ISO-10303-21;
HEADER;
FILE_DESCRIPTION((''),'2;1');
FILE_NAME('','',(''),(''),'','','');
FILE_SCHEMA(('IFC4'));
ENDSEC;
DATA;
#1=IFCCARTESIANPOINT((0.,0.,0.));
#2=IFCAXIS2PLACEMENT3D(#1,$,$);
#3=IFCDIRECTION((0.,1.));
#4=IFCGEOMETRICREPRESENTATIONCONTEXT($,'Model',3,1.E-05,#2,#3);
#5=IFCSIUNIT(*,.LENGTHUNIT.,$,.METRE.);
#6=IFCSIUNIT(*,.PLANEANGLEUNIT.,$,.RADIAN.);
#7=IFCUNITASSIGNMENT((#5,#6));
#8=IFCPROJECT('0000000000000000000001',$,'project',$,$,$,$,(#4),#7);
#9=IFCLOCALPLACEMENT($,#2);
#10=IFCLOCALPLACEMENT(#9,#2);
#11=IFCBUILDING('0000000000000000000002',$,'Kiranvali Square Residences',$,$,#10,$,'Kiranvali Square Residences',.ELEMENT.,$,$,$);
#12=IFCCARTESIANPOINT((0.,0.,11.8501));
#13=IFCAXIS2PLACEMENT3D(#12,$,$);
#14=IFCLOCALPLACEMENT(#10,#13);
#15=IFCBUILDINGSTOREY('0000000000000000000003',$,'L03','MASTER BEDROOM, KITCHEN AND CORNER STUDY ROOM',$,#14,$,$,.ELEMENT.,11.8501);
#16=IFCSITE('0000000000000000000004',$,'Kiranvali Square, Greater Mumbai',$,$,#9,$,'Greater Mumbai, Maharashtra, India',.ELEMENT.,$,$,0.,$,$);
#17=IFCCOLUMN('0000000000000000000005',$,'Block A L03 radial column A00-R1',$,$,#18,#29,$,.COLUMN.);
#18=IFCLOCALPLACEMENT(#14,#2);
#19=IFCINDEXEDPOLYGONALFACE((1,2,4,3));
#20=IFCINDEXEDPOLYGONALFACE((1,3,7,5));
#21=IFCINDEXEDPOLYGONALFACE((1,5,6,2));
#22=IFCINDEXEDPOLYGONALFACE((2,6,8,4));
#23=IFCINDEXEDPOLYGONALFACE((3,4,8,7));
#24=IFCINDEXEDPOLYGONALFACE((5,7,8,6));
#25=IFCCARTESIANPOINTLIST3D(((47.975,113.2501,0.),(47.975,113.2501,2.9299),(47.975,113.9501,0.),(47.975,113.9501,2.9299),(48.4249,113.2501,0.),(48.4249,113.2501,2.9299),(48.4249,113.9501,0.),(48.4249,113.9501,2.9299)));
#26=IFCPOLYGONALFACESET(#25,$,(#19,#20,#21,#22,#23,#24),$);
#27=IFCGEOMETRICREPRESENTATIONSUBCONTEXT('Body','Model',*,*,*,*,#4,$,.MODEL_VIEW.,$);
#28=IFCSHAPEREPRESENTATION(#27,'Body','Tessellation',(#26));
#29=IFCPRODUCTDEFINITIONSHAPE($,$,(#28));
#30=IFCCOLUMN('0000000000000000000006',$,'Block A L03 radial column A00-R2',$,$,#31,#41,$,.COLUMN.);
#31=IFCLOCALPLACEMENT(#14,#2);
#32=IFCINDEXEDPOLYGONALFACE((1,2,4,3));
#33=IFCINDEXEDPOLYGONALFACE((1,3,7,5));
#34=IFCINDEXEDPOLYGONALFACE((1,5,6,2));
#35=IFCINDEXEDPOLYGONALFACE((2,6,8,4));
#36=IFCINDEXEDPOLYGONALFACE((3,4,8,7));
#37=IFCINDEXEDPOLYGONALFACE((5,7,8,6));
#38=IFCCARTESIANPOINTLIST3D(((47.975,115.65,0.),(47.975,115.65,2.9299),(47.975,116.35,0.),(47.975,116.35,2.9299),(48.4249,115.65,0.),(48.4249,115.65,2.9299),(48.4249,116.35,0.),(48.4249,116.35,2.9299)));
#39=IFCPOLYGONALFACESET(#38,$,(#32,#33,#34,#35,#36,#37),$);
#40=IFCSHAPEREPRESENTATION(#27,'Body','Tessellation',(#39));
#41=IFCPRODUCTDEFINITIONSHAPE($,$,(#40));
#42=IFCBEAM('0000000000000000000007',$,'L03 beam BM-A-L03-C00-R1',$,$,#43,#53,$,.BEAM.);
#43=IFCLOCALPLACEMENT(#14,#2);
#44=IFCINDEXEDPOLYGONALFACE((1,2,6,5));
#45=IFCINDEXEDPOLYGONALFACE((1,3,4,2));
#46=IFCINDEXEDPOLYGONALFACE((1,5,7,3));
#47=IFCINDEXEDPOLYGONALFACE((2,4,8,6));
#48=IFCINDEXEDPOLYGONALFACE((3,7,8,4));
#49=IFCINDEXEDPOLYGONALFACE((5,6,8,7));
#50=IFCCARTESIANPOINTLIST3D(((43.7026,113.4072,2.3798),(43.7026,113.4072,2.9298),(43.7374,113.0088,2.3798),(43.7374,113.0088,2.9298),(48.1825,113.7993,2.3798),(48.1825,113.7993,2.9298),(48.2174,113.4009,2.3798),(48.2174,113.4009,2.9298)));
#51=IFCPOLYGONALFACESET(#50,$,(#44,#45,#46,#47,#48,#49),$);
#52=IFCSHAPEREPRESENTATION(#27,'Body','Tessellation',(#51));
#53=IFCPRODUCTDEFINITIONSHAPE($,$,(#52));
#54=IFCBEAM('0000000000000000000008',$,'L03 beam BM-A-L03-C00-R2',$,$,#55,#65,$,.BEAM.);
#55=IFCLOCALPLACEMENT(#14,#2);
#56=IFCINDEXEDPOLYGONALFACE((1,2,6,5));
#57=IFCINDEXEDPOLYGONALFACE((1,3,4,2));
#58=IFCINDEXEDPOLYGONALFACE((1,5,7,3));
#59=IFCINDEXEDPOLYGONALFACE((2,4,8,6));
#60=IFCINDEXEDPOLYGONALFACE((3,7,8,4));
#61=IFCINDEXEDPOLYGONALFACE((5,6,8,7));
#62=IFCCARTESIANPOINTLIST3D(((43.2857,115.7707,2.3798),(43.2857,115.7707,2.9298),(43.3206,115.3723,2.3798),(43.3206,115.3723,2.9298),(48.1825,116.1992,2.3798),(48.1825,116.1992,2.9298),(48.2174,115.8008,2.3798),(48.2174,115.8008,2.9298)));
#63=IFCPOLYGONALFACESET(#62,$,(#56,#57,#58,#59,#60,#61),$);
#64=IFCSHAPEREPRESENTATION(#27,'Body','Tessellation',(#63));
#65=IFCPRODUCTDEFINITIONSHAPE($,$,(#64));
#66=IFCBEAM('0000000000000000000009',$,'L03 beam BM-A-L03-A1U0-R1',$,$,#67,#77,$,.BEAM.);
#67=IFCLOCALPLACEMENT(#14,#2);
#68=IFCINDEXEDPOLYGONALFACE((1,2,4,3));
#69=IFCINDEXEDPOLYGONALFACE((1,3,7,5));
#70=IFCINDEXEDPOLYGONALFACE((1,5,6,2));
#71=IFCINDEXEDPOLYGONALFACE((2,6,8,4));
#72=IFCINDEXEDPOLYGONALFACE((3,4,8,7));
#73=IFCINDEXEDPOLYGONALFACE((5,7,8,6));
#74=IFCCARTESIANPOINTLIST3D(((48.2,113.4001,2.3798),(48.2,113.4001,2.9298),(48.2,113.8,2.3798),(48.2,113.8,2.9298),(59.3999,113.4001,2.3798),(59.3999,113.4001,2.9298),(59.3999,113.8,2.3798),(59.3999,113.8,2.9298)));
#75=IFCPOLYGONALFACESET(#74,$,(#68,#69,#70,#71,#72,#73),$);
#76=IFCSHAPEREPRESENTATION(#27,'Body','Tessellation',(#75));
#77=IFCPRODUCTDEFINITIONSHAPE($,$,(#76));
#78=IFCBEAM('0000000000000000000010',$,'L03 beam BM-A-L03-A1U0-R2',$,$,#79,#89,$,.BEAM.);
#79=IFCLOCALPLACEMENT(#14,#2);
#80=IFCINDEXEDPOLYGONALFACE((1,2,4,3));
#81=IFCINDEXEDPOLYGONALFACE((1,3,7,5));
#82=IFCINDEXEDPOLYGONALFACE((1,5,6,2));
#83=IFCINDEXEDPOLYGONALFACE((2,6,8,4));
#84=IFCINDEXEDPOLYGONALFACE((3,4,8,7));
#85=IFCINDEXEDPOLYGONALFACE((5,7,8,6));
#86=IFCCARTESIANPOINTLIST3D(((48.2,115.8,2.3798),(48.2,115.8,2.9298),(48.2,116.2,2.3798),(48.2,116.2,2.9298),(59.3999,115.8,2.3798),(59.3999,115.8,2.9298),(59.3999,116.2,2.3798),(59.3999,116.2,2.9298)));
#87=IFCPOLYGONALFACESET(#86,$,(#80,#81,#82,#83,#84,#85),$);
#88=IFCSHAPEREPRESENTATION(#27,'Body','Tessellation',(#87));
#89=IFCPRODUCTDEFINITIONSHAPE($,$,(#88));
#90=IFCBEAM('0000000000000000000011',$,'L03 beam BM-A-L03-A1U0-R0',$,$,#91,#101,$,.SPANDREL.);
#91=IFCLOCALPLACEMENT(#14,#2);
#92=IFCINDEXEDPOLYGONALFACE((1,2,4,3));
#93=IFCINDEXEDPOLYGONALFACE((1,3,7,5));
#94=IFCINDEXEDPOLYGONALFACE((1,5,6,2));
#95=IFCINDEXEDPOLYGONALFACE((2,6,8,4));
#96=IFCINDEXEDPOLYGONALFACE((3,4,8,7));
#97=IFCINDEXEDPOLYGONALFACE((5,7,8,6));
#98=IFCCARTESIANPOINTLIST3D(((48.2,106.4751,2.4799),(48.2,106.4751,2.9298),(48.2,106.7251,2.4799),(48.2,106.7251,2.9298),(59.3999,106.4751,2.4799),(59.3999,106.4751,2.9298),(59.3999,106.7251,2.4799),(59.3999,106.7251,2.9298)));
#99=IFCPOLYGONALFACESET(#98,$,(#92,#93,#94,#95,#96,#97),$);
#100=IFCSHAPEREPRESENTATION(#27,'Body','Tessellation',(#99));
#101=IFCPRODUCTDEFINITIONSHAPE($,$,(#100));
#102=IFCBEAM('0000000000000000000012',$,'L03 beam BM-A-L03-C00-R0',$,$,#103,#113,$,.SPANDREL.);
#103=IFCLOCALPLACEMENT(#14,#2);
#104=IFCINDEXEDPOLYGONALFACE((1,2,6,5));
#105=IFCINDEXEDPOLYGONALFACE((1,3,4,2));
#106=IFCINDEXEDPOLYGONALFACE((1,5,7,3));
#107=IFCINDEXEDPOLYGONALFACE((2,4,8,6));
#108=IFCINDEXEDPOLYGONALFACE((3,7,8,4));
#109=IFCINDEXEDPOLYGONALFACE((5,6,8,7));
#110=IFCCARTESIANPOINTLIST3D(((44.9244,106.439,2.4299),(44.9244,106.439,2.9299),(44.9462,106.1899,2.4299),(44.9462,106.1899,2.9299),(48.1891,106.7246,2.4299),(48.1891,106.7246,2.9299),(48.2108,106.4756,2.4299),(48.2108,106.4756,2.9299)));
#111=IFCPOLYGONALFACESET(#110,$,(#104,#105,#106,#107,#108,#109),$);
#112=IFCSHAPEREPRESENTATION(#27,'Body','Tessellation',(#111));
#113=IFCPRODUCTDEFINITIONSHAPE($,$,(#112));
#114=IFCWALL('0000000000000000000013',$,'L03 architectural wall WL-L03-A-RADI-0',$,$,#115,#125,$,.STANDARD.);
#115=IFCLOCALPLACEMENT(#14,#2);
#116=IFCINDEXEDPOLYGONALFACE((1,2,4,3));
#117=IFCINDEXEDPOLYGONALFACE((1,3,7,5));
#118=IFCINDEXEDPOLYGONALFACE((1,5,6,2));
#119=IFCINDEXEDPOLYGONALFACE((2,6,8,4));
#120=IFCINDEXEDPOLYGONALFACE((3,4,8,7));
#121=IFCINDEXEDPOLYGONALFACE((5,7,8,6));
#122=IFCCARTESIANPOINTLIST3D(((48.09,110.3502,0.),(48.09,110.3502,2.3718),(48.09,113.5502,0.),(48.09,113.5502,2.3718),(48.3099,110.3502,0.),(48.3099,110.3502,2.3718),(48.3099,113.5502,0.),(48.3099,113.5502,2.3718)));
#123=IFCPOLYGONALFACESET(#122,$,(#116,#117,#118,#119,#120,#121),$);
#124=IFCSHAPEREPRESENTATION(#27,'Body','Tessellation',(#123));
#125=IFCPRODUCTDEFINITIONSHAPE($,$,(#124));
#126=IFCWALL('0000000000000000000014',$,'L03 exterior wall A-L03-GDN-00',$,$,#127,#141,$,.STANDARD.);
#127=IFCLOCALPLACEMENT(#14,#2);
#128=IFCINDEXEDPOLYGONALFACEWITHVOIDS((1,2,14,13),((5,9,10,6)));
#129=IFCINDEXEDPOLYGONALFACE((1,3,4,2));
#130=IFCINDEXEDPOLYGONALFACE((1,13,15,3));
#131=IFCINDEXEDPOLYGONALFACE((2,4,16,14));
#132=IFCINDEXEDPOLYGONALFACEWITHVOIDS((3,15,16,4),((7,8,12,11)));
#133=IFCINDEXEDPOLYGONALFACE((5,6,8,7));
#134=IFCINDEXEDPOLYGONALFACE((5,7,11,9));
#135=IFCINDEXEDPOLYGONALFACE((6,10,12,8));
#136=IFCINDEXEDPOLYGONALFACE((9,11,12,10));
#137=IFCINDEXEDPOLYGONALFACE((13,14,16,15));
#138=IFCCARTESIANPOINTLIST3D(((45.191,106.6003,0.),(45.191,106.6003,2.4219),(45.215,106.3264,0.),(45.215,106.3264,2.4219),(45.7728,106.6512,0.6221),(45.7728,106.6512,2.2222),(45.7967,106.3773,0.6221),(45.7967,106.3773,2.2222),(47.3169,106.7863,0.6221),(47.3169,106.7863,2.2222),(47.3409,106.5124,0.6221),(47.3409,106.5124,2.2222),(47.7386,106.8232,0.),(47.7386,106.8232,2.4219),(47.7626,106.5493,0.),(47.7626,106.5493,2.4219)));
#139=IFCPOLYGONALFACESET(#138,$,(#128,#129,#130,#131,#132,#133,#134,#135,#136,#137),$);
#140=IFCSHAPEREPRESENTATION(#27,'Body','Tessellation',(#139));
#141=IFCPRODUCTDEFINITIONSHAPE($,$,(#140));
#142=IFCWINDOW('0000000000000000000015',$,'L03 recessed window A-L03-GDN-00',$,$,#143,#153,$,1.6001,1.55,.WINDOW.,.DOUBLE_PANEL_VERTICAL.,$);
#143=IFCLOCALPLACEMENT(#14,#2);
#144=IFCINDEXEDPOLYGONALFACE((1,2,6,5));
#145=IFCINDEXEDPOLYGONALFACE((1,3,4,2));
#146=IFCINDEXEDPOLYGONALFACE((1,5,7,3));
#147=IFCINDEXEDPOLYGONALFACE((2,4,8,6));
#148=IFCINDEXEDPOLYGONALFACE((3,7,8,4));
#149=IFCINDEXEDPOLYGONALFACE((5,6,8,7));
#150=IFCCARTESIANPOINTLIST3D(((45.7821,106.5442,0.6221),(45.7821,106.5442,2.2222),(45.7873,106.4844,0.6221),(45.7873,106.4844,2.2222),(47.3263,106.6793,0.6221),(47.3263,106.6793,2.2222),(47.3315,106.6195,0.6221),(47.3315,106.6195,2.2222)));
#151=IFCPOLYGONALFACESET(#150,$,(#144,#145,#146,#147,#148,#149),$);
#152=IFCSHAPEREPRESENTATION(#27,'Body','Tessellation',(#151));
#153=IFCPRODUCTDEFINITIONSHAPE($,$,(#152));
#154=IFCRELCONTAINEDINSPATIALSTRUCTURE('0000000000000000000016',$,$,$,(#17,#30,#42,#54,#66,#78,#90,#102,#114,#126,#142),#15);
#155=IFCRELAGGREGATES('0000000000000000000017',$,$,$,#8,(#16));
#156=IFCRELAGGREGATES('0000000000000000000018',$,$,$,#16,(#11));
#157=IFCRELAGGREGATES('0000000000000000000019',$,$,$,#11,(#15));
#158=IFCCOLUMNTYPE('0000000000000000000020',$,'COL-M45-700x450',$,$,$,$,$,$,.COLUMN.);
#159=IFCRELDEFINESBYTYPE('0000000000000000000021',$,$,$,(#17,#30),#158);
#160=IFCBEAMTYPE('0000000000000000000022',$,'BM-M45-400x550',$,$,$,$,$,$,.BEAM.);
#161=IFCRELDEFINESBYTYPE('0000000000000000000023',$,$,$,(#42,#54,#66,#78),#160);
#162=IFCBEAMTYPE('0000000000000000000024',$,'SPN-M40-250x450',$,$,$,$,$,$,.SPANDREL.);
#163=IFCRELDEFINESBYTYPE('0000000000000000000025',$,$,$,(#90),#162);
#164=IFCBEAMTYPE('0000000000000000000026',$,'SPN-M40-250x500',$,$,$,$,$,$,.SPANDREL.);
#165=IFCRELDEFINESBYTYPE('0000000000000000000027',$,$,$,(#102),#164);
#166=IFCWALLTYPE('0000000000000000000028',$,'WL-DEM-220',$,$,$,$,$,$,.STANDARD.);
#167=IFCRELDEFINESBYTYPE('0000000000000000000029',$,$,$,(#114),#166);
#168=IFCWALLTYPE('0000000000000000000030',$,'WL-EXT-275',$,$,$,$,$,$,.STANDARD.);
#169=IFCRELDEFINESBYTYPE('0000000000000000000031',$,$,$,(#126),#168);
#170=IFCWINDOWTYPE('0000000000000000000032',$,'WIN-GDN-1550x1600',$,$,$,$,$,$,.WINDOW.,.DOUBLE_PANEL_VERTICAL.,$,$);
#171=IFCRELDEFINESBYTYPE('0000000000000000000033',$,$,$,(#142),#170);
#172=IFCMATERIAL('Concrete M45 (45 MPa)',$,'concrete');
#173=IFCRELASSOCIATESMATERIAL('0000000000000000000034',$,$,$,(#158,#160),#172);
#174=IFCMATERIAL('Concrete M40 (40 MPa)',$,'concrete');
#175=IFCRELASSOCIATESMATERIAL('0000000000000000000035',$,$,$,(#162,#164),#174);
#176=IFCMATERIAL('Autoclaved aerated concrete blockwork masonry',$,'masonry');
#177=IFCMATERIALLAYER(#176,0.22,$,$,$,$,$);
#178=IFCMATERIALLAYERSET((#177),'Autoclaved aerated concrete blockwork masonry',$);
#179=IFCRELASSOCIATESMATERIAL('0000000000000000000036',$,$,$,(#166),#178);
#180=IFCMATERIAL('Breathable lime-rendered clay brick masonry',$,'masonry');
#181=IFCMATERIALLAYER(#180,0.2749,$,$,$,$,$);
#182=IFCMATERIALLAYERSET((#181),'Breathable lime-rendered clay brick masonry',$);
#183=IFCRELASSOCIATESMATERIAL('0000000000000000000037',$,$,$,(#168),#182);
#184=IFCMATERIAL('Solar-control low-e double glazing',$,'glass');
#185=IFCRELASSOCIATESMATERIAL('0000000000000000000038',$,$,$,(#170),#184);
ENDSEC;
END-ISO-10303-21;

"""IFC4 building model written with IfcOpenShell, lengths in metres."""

from ifc_helpers import new_model, si_unit, direction, frame, frame_2d, origin, origin_2d, place, context, subcontext, project, spatial, rectangle, extrude, material, layer, layer_set, material_profile, profile_set, type_object, element, fill, save


model = new_model("IFC4")

# Units and contexts
model_context = context("Model", 3, precision=1e-05, world=origin(), true_north=direction((0.0, 1.0)))
body_context = subcontext(model_context, "Body", "Model", "MODEL_VIEW")
ifc_project = project(units=[si_unit("LENGTHUNIT", "METRE"), si_unit("PLANEANGLEUNIT", "RADIAN")], contexts=[model_context])

# Site, building, storey
site_placement = place(None, origin())
site = spatial("IfcSite", under=ifc_project, at=site_placement, Name="Kiranvali Square, Greater Mumbai", LongName="Greater Mumbai, Maharashtra, India", CompositionType="ELEMENT", RefElevation=0.0)
building_placement = place(site_placement, origin())
building = spatial("IfcBuilding", under=site, at=building_placement, Name="Kiranvali Square Residences", LongName="Kiranvali Square Residences", CompositionType="ELEMENT")
storey_placement = place(building_placement, frame((0.0, 0.0, 11.8501)))
storey = spatial("IfcBuildingStorey", under=building, at=storey_placement, Name="L03", Description="MASTER BEDROOM, KITCHEN AND CORNER STUDY ROOM", CompositionType="ELEMENT", Elevation=11.8501)

# Columns
ifc_material_1 = material(Name="Concrete M45 (45 MPa)", Category="concrete")
ifc_material_profile_1 = material_profile(ifc_material_1, rectangle(XDim=0.45, YDim=0.7, at=origin_2d()), Name="RC 700x450")
ifc_profile_set_1 = profile_set([ifc_material_profile_1], Name="Concrete M45 (45 MPa)")
column_type = type_object("IfcColumnType", Name="COL-M45-700x450", PredefinedType="COLUMN", material=ifc_profile_set_1)
for number, where, z_axis, x_axis, name in (
    (1, (48.2, 113.6001, 0.0), (0.0, 0.0, 1.0), (1.0, 0.0, 0.0), "Block A L03 radial column A00-R1"),
    (2, (48.2, 116.0, 0.0), (0.0, 0.0, 1.0), (1.0, 0.0, 0.0), "Block A L03 radial column A00-R2"),
):
    element("IfcColumn", number, at=place(storey_placement, frame(where, z_axis=z_axis, x_axis=x_axis)), inside=storey, type_object=column_type, Name=name, PredefinedType="COLUMN", context=body_context, shape_type="SweptSolid", body=[
        extrude(rectangle(XDim=0.45, YDim=0.7, at=origin_2d()), origin(), (0.0, 0.0, 1.0), 2.9299),
    ])

# Beams
ifc_material_profile_2 = material_profile(ifc_material_1, rectangle(XDim=0.3999, YDim=0.55, at=origin_2d()), Name="RC 400x550")
ifc_profile_set_2 = profile_set([ifc_material_profile_2], Name="Concrete M45 (45 MPa)")
beam_type_1 = type_object("IfcBeamType", Name="BM-M45-400x550", PredefinedType="BEAM", material=ifc_profile_set_2)
beam_1_placement = place(storey_placement, frame((48.2, 113.6001, 2.6548), z_axis=(-0.996192, -0.087187, 0.0), x_axis=(0.087187, -0.996192, 0.0)))
element("IfcBeam", 3, at=beam_1_placement, inside=storey, type_object=beam_type_1, Name="L03 beam BM-A-L03-C00-R1", PredefinedType="BEAM", context=body_context, shape_type="SweptSolid", body=[
    extrude(rectangle(XDim=0.3999, YDim=0.55, at=origin_2d()), origin(), (0.0, 0.0, 1.0), 4.4971),
])
beam_2_placement = place(storey_placement, frame((48.2, 116.0, 2.6548), z_axis=(-0.996194, -0.087168, 0.0), x_axis=(0.087168, -0.996194, 0.0)))
element("IfcBeam", 4, at=beam_2_placement, inside=storey, type_object=beam_type_1, Name="L03 beam BM-A-L03-C00-R2", PredefinedType="BEAM", context=body_context, shape_type="SweptSolid", body=[
    extrude(rectangle(XDim=0.3999, YDim=0.55, at=origin_2d()), origin(), (0.0, 0.0, 1.0), 4.9155),
])
for number, where, z_axis, x_axis, name in (
    (5, (48.2, 113.6001, 2.6548), (1.0, 0.0, 0.0), (0.0, 1.0, 0.0), "L03 beam BM-A-L03-A1U0-R1"),
    (6, (48.2, 116.0, 2.6548), (1.0, 0.0, 0.0), (0.0, 1.0, 0.0), "L03 beam BM-A-L03-A1U0-R2"),
):
    element("IfcBeam", number, at=place(storey_placement, frame(where, z_axis=z_axis, x_axis=x_axis)), inside=storey, type_object=beam_type_1, Name=name, PredefinedType="BEAM", context=body_context, shape_type="SweptSolid", body=[
        extrude(rectangle(XDim=0.3999, YDim=0.55, at=origin_2d()), origin(), (0.0, 0.0, 1.0), 11.2),
    ])
ifc_material_2 = material(Name="Concrete M40 (40 MPa)", Category="concrete")
ifc_material_profile_3 = material_profile(ifc_material_2, rectangle(XDim=0.25, YDim=0.45, at=origin_2d()), Name="RC 250x450")
ifc_profile_set_3 = profile_set([ifc_material_profile_3], Name="Concrete M40 (40 MPa)")
beam_type_2 = type_object("IfcBeamType", Name="SPN-M40-250x450", PredefinedType="SPANDREL", material=ifc_profile_set_3)
beam_3_placement = place(storey_placement, frame((48.2, 106.6001, 2.7048), z_axis=(1.0, 0.0, 0.0), x_axis=(0.0, 1.0, 0.0)))
element("IfcBeam", 7, at=beam_3_placement, inside=storey, type_object=beam_type_2, Name="L03 beam BM-A-L03-A1U0-R0", PredefinedType="SPANDREL", context=body_context, shape_type="SweptSolid", body=[
    extrude(rectangle(XDim=0.25, YDim=0.45, at=origin_2d()), origin(), (0.0, 0.0, 1.0), 11.2),
])
ifc_material_profile_4 = material_profile(ifc_material_2, rectangle(XDim=0.25, YDim=0.5, at=origin_2d()), Name="RC 250x500")
ifc_profile_set_4 = profile_set([ifc_material_profile_4], Name="Concrete M40 (40 MPa)")
beam_type_3 = type_object("IfcBeamType", Name="SPN-M40-250x500", PredefinedType="SPANDREL", material=ifc_profile_set_4)
beam_4_placement = place(storey_placement, frame((48.2, 106.6001, 2.6799), z_axis=(-0.996194, -0.087163, 0.0), x_axis=(0.087163, -0.996194, 0.0)))
element("IfcBeam", 8, at=beam_4_placement, inside=storey, type_object=beam_type_3, Name="L03 beam BM-A-L03-C00-R0", PredefinedType="SPANDREL", context=body_context, shape_type="SweptSolid", body=[
    extrude(rectangle(XDim=0.25, YDim=0.5, at=origin_2d()), origin(), (0.0, 0.0, 1.0), 3.2771),
])

# Shared definitions
ifc_material_3 = material(Name="Autoclaved aerated concrete blockwork masonry", Category="masonry")

# Wall
ifc_layer_1 = layer(ifc_material_3, 0.22)
ifc_layer_set_1 = layer_set([ifc_layer_1], Name="Autoclaved aerated concrete blockwork masonry")
wall_type_1 = type_object("IfcWallType", Name="WL-DEM-220", PredefinedType="STANDARD", material=ifc_layer_set_1)
wall_1_placement = place(storey_placement, frame((48.2, 110.3501, 0.0), z_axis=(0.0, 0.0, 1.0), x_axis=(0.0, 1.0, 0.0)))
element("IfcWall", 9, at=wall_1_placement, inside=storey, type_object=wall_type_1, Name="L03 architectural wall WL-L03-A-RADI-0", PredefinedType="STANDARD", context=body_context, shape_type="SweptSolid", body=[
    extrude(rectangle(XDim=3.2, YDim=0.22, at=frame_2d((1.6001, 0.0))), origin(), (0.0, 0.0, 1.0), 2.3718),
])

# Wall, opening, window
ifc_material_4 = material(Name="Breathable lime-rendered clay brick masonry", Category="masonry")
ifc_layer_2 = layer(ifc_material_4, 0.2749)
ifc_layer_set_2 = layer_set([ifc_layer_2], Name="Breathable lime-rendered clay brick masonry")
wall_type_2 = type_object("IfcWallType", Name="WL-EXT-275", PredefinedType="STANDARD", material=ifc_layer_set_2)
wall_2_placement = place(storey_placement, frame((47.7507, 106.6863, 0.0), z_axis=(0.0, 0.0, 1.0), x_axis=(-0.996194, -0.087161, 0.0)))
wall_2 = element("IfcWall", 10, at=wall_2_placement, inside=storey, type_object=wall_type_2, Name="L03 exterior wall A-L03-GDN-00", PredefinedType="STANDARD", context=body_context, shape_type="SweptSolid", body=[
    extrude(rectangle(XDim=2.5574, YDim=0.2749, at=frame_2d((1.2788, 0.0))), origin(), (0.0, 0.0, 1.0), 2.4219),
])
opening_1_placement = place(wall_2_placement, frame((0.4236, 0.0, 0.6221)))
opening_1 = element("IfcOpeningElement", 11, at=opening_1_placement, cuts=wall_2, PredefinedType="OPENING", context=body_context, shape_type="SweptSolid", body=[
    extrude(rectangle(XDim=1.55, YDim=1.6001, at=frame_2d((0.7749, 0.8))), frame((0.0, 0.1475, 0.0), z_axis=(0.0, -1.0, 0.0), x_axis=(1.0, 0.0, 0.0)), (0.0, 0.0, 1.0), 0.2949),
])
ifc_material_5 = material(Name="Solar-control low-e double glazing", Category="glass")
window_type = type_object("IfcWindowType", Name="WIN-GDN-1550x1600", PartitioningType="DOUBLE_PANEL_VERTICAL", PredefinedType="WINDOW", material=ifc_material_5)
window_placement = place(opening_1_placement, origin())
window = element("IfcWindow", 12, at=window_placement, inside=storey, type_object=window_type, Name="L03 recessed window A-L03-GDN-00", OverallHeight=1.6001, OverallWidth=1.55, PartitioningType="DOUBLE_PANEL_VERTICAL", PredefinedType="WINDOW", context=body_context, shape_type="SweptSolid", body=[
    extrude(rectangle(XDim=1.55, YDim=1.6001, at=frame_2d((0.7749, 0.8))), frame((0.0, 0.03, 0.0), z_axis=(0.0, -1.0, 0.0), x_axis=(1.0, 0.0, 0.0)), (0.0, 0.0, 1.0), 0.0601),
])
fill(opening_1, window)

save(model, "model.ifc")
